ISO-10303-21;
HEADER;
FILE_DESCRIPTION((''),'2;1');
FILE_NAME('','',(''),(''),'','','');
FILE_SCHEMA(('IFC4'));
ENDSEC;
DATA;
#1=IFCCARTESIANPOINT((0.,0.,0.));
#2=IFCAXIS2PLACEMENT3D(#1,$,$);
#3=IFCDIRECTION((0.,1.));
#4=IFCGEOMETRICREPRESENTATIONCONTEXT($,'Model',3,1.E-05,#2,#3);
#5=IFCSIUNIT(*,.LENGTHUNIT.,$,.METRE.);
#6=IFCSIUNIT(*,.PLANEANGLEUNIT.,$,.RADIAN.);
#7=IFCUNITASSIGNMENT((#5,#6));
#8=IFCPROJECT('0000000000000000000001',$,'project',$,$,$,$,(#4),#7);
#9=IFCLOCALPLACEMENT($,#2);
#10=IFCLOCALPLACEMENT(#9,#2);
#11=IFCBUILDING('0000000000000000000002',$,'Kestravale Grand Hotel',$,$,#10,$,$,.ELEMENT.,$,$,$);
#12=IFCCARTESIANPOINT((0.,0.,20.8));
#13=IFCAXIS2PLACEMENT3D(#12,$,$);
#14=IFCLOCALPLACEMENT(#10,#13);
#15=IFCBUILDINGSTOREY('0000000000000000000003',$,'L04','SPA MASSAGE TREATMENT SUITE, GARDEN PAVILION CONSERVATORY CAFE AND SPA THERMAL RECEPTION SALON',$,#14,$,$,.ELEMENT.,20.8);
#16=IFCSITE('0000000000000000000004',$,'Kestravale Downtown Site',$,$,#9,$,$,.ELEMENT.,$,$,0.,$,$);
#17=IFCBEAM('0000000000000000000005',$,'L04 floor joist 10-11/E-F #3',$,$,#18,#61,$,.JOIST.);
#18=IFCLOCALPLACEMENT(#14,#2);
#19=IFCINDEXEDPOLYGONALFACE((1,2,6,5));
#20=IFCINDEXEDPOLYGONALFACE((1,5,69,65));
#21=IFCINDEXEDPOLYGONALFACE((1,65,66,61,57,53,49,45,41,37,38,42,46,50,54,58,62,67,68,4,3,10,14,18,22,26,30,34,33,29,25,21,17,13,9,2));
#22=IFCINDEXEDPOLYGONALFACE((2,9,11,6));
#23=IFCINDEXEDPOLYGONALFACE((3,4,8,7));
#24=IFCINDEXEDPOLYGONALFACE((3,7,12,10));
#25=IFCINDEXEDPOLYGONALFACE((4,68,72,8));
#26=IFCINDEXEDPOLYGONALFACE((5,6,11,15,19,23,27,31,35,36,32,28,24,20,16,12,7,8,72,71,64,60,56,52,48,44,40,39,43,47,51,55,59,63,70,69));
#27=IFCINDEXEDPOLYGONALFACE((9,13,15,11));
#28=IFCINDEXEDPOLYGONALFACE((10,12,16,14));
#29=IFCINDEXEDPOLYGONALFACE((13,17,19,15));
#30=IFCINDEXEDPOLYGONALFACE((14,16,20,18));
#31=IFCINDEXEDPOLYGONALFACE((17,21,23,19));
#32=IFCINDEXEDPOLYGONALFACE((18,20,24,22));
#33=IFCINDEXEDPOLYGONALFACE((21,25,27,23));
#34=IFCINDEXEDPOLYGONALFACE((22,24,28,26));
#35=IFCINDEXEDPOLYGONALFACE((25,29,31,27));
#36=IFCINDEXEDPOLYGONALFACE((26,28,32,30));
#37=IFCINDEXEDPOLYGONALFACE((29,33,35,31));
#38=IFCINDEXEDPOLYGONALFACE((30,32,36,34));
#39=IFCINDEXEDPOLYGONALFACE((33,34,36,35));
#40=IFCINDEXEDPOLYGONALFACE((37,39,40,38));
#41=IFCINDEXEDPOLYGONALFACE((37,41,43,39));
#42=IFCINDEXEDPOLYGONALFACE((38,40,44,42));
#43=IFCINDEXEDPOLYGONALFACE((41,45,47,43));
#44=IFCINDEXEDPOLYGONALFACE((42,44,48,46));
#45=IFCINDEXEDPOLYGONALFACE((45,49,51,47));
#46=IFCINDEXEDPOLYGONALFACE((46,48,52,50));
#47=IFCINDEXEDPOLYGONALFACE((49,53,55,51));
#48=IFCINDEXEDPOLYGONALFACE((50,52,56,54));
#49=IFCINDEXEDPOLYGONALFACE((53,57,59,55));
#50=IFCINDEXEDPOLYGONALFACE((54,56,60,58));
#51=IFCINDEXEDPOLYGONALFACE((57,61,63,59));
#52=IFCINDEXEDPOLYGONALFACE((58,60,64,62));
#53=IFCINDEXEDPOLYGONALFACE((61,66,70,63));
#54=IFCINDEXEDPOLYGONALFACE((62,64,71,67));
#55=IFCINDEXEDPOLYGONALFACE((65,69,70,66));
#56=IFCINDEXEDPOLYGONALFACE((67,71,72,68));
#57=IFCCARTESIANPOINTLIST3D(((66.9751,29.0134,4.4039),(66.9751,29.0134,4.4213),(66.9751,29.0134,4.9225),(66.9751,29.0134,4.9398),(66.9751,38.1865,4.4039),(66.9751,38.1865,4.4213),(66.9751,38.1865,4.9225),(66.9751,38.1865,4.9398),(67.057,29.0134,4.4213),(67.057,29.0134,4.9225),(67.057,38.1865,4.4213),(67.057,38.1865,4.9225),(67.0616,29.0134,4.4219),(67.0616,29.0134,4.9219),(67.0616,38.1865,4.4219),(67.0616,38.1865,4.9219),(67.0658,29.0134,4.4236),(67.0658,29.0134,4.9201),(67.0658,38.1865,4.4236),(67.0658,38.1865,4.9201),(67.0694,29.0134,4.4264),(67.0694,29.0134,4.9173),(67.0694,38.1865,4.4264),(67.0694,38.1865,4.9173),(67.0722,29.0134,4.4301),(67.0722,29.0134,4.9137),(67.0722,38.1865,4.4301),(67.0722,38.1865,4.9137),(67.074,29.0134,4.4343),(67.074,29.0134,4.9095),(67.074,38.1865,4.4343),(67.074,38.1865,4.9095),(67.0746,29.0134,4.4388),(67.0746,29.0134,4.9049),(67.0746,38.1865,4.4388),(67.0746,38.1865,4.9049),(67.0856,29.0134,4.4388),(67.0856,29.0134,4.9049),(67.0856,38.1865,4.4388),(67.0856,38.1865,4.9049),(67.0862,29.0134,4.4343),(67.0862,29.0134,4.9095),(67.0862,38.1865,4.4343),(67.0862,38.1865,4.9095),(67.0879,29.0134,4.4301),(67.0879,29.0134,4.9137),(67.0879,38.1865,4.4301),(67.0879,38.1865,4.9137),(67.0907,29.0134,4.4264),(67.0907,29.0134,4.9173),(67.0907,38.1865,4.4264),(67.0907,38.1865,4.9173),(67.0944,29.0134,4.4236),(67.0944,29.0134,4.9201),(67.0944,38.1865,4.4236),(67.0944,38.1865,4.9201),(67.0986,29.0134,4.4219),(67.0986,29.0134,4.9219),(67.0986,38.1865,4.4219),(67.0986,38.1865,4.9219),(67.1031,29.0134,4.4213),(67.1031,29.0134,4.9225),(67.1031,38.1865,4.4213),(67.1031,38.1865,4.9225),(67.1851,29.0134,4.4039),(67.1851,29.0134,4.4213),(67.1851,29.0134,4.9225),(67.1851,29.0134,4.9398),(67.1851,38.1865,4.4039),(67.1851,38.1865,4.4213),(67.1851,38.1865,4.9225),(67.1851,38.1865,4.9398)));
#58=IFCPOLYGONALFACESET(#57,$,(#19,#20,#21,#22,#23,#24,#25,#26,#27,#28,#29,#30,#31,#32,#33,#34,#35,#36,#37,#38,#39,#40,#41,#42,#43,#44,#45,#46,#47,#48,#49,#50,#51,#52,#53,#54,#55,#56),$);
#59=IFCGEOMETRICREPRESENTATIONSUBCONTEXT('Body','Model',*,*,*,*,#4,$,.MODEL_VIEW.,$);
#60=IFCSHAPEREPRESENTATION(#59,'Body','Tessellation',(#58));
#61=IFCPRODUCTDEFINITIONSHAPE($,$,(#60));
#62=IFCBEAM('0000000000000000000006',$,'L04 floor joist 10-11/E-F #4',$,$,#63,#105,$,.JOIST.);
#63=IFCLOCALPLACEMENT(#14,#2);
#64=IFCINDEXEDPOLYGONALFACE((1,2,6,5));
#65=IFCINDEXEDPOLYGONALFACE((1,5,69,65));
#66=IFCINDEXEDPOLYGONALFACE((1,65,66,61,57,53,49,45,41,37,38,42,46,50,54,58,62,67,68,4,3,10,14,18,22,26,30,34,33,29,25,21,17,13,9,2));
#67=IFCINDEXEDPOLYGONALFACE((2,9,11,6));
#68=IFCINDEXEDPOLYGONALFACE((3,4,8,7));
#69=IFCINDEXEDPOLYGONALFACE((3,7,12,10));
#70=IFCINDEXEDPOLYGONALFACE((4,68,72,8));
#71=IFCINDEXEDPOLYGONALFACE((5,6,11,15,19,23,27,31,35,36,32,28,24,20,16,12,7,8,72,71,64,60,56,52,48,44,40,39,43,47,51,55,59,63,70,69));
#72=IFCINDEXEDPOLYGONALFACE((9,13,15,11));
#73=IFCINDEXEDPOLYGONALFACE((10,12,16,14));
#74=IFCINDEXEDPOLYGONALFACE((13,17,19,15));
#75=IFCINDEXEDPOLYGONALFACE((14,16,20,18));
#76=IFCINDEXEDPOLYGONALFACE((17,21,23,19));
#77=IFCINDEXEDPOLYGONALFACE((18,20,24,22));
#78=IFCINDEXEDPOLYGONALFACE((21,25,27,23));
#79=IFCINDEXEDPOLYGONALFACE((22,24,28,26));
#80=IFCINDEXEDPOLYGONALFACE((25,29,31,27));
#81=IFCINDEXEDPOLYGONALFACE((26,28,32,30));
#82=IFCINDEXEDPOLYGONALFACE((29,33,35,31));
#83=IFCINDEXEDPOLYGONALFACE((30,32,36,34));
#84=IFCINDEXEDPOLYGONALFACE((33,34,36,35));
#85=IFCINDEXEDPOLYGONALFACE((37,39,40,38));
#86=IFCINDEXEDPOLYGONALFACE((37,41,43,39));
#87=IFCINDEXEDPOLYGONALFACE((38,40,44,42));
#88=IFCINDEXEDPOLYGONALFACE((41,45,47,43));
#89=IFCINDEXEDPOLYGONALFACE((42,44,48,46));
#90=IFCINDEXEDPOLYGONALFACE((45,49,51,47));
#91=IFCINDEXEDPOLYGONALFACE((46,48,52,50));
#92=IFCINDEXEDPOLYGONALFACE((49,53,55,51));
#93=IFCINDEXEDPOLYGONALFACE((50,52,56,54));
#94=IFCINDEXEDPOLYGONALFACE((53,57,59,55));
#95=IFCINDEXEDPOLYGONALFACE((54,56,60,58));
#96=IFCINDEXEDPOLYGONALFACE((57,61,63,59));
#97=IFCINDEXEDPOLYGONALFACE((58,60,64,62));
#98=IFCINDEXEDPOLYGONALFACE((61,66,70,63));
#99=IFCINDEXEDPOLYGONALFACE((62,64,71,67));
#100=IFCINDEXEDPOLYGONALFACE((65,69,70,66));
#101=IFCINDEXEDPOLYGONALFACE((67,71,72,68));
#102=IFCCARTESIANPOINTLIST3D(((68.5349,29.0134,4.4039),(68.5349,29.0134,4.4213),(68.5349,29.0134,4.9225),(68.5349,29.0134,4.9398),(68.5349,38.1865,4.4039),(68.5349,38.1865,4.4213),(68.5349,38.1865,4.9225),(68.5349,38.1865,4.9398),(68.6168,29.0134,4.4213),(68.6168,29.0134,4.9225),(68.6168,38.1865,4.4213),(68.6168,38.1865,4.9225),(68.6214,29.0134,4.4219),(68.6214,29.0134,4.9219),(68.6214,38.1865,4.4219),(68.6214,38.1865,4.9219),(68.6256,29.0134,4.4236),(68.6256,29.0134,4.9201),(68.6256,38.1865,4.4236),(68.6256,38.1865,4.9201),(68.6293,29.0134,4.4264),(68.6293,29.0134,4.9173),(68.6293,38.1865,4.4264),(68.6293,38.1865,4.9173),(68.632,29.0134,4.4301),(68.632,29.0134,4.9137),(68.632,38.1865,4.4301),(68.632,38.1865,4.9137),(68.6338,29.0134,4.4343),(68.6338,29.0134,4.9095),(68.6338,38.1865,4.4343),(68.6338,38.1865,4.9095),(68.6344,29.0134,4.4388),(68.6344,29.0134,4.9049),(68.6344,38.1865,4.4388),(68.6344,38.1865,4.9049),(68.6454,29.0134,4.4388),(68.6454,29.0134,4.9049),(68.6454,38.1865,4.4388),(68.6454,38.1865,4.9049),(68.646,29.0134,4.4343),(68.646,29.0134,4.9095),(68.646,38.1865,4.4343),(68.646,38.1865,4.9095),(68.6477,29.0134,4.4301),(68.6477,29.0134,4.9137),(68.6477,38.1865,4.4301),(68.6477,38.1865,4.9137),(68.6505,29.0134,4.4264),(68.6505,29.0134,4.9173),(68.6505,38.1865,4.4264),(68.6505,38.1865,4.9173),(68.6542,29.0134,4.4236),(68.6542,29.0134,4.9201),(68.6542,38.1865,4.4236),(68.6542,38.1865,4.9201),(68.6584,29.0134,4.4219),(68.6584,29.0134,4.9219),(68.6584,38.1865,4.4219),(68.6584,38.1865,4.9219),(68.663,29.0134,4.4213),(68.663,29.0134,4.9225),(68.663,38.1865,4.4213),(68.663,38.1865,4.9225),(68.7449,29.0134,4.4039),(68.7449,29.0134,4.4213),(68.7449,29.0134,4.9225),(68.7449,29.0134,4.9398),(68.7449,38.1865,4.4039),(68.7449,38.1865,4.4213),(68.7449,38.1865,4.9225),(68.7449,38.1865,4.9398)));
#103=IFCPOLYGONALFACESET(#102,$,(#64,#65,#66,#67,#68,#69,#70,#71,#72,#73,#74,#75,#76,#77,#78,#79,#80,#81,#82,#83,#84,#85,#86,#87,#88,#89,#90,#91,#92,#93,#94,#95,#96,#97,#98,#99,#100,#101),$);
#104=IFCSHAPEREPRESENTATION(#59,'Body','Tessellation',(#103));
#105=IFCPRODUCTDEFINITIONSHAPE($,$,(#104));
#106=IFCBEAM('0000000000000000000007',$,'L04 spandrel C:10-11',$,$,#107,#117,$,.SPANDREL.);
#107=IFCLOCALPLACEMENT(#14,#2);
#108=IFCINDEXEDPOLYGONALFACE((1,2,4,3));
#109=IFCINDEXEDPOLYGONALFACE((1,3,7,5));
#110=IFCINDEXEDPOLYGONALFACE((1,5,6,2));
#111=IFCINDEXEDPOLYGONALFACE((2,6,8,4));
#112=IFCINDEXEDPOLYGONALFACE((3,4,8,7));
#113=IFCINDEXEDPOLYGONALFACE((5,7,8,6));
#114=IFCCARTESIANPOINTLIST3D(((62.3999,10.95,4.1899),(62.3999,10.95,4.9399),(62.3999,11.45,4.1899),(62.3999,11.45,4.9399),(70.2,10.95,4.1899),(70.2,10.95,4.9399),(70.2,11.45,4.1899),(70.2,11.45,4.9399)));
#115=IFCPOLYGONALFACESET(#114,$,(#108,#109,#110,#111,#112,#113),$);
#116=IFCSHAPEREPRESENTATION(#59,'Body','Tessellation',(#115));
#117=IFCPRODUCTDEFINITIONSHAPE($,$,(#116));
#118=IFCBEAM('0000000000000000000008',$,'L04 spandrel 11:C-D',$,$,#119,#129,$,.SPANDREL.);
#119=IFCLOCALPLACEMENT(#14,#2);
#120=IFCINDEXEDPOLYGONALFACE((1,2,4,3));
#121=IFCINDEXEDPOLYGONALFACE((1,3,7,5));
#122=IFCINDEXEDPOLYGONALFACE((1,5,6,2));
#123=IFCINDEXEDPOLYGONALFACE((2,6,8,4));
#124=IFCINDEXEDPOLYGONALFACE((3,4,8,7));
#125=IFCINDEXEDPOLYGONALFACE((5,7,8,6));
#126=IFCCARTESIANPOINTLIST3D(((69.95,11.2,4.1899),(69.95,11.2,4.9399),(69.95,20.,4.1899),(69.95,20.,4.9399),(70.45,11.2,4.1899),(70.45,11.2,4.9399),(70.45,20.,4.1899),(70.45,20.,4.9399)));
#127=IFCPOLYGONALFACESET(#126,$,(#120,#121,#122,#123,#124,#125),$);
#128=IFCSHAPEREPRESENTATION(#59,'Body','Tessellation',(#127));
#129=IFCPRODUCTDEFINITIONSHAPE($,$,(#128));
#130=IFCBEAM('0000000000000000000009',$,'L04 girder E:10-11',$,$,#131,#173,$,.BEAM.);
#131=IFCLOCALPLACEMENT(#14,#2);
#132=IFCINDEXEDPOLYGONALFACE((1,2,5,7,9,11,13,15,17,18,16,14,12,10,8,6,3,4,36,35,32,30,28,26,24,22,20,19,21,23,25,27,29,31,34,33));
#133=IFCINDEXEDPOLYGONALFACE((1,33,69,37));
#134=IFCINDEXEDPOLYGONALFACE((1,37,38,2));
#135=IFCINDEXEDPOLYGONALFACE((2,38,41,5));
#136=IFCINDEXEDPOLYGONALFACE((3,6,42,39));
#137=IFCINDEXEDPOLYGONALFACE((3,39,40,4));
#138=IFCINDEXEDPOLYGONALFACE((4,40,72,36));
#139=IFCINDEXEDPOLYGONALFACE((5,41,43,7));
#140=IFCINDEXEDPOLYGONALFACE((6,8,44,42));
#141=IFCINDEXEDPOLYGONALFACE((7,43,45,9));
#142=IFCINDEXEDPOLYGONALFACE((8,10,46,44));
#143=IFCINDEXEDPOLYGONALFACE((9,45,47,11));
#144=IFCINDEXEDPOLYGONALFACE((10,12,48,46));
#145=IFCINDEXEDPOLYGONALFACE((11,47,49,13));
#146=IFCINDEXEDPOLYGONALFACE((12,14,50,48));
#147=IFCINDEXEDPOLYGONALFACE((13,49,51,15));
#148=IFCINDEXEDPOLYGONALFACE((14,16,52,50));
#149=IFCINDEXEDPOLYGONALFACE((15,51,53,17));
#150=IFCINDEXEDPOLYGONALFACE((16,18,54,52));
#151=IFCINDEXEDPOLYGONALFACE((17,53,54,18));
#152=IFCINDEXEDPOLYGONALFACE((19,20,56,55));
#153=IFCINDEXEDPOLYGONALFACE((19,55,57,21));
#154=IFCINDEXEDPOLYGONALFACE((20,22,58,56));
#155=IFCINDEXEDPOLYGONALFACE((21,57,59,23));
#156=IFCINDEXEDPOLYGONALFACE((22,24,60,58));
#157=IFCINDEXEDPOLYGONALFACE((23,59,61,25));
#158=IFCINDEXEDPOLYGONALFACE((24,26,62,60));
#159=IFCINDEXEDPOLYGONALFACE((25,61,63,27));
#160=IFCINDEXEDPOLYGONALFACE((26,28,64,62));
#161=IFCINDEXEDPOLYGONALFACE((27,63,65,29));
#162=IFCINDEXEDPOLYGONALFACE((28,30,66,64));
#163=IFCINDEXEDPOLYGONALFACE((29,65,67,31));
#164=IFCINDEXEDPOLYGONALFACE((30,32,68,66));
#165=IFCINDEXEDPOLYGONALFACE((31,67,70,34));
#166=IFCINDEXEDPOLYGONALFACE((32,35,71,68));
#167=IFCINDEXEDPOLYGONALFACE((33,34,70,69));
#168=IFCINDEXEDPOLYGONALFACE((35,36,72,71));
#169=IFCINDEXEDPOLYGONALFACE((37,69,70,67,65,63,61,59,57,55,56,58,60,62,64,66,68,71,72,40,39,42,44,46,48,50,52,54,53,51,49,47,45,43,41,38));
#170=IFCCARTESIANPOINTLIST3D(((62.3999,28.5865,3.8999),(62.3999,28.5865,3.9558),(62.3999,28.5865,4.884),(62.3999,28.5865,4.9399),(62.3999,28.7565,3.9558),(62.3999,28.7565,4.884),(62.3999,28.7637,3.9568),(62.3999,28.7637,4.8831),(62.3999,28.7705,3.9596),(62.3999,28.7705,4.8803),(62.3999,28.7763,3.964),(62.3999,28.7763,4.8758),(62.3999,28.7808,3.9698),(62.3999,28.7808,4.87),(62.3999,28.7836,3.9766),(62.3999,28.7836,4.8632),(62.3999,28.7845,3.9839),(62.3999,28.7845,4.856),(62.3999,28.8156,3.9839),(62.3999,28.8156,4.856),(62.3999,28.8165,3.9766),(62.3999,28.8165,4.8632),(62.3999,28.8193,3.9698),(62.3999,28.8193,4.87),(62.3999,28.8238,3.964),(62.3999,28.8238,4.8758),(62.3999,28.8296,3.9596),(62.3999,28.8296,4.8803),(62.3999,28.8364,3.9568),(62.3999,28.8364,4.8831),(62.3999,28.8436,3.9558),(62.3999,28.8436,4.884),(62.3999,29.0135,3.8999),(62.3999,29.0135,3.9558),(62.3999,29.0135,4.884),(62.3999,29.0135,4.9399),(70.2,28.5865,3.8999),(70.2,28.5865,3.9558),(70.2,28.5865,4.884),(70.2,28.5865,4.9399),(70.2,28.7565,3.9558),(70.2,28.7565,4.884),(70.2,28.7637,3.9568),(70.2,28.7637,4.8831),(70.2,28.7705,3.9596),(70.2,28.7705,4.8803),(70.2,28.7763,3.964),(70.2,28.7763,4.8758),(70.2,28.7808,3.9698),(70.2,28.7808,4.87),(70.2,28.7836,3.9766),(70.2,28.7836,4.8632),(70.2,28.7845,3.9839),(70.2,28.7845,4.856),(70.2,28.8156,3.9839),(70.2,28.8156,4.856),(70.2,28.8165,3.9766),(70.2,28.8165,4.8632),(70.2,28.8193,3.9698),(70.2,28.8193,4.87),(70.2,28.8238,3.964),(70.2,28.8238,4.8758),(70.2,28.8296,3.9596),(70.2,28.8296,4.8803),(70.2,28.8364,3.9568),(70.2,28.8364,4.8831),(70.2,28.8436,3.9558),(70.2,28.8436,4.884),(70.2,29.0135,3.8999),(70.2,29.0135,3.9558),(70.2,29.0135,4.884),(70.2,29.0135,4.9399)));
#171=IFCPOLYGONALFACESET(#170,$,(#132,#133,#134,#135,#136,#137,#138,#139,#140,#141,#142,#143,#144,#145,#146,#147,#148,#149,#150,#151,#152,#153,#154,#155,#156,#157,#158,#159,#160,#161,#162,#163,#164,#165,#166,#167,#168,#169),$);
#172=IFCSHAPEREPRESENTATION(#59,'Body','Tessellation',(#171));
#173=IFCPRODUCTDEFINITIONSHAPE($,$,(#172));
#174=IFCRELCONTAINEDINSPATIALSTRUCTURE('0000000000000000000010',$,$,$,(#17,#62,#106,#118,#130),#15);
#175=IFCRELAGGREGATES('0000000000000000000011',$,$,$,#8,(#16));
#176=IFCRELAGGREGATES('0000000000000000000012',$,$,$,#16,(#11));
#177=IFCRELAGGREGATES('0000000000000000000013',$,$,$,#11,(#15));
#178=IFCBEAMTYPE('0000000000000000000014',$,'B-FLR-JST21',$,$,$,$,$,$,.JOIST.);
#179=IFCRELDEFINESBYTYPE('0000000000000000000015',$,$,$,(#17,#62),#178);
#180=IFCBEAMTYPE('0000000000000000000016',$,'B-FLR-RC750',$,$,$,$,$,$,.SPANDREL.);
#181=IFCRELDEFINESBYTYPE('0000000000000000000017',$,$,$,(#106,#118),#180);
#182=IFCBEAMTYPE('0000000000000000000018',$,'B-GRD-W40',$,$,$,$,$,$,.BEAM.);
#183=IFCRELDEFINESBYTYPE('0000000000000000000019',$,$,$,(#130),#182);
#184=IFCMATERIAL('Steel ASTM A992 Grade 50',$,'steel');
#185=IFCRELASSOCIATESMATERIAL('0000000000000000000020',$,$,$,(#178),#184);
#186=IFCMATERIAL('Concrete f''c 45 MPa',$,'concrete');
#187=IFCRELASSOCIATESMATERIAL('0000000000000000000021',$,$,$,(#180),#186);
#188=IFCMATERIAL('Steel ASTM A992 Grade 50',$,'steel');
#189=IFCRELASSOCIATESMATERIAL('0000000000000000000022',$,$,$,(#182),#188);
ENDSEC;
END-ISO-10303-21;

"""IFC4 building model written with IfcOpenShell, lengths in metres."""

from ifc_helpers import new_model, si_unit, direction, frame, origin, origin_2d, place, context, subcontext, project, spatial, rectangle, i_section, extrude, material, material_profile, profile_set, type_object, element, save


model = new_model("IFC4")

# Units and contexts
model_context = context("Model", 3, precision=1e-05, world=origin(), true_north=direction((0.0, 1.0)))
body_context = subcontext(model_context, "Body", "Model", "MODEL_VIEW")
ifc_project = project(units=[si_unit("LENGTHUNIT", "METRE"), si_unit("PLANEANGLEUNIT", "RADIAN")], contexts=[model_context])

# Site, building, storey
site_placement = place(None, origin())
site = spatial("IfcSite", under=ifc_project, at=site_placement, Name="Kestravale Downtown Site", CompositionType="ELEMENT", RefElevation=0.0)
building_placement = place(site_placement, origin())
building = spatial("IfcBuilding", under=site, at=building_placement, Name="Kestravale Grand Hotel", CompositionType="ELEMENT")
storey_placement = place(building_placement, frame((0.0, 0.0, 20.8)))
storey = spatial("IfcBuildingStorey", under=building, at=storey_placement, Name="L04", Description="SPA MASSAGE TREATMENT SUITE, GARDEN PAVILION CONSERVATORY CAFE AND SPA THERMAL RECEPTION SALON", CompositionType="ELEMENT", Elevation=20.8)

# Beams
ifc_material_1 = material(Name="Steel ASTM A992 Grade 50", Category="steel")
ifc_material_profile_1 = material_profile(ifc_material_1, i_section(OverallWidth=0.21, OverallDepth=0.5359, WebThickness=0.011, FlangeThickness=0.0173, FilletRadius=0.0176, at=origin_2d()))
ifc_profile_set_1 = profile_set([ifc_material_profile_1], Name="Steel ASTM A992 Grade 50")
beam_type_1 = type_object("IfcBeamType", Name="B-FLR-JST21", PredefinedType="JOIST", material=ifc_profile_set_1)
for number, where, z_axis, x_axis, name in (
    (1, (67.0801, 29.0134, 4.6719), (0.0, 1.0, 0.0), (-1.0, 0.0, 0.0), "L04 floor joist 10-11/E-F #3"),
    (2, (68.6399, 29.0134, 4.6719), (0.0, 1.0, 0.0), (-1.0, 0.0, 0.0), "L04 floor joist 10-11/E-F #4"),
):
    element("IfcBeam", number, at=place(storey_placement, frame(where, z_axis=z_axis, x_axis=x_axis)), inside=storey, type_object=beam_type_1, Name=name, PredefinedType="JOIST", context=body_context, shape_type="SweptSolid", body=[
        extrude(i_section(OverallWidth=0.21, OverallDepth=0.5359, WebThickness=0.011, FlangeThickness=0.0173, FilletRadius=0.0176, at=origin_2d()), origin(), (0.0, 0.0, 1.0), 9.1731),
    ])
ifc_material_2 = material(Name="Concrete f'c 45 MPa", Category="concrete")
ifc_material_profile_2 = material_profile(ifc_material_2, rectangle(XDim=0.5, YDim=0.75, at=origin_2d()))
ifc_profile_set_2 = profile_set([ifc_material_profile_2], Name="Concrete f'c 45 MPa")
beam_type_2 = type_object("IfcBeamType", Name="B-FLR-RC750", PredefinedType="SPANDREL", material=ifc_profile_set_2)
beam_1_placement = place(storey_placement, frame((62.3999, 11.2, 4.5649), z_axis=(1.0, 0.0, 0.0), x_axis=(0.0, 1.0, 0.0)))
element("IfcBeam", 3, at=beam_1_placement, inside=storey, type_object=beam_type_2, Name="L04 spandrel C:10-11", PredefinedType="SPANDREL", context=body_context, shape_type="SweptSolid", body=[
    extrude(rectangle(XDim=0.5, YDim=0.75, at=origin_2d()), origin(), (0.0, 0.0, 1.0), 7.8),
])
beam_2_placement = place(storey_placement, frame((70.2, 11.2, 4.5649), z_axis=(0.0, 1.0, 0.0), x_axis=(-1.0, 0.0, 0.0)))
element("IfcBeam", 4, at=beam_2_placement, inside=storey, type_object=beam_type_2, Name="L04 spandrel 11:C-D", PredefinedType="SPANDREL", context=body_context, shape_type="SweptSolid", body=[
    extrude(rectangle(XDim=0.5, YDim=0.75, at=origin_2d()), origin(), (0.0, 0.0, 1.0), 8.8),
])
ifc_material_3 = material(Name="Steel ASTM A992 Grade 50", Category="steel")
ifc_material_profile_3 = material_profile(ifc_material_3, i_section(OverallWidth=0.427, OverallDepth=1.04, WebThickness=0.031, FlangeThickness=0.0559, FilletRadius=0.0281, at=origin_2d()))
ifc_profile_set_3 = profile_set([ifc_material_profile_3], Name="Steel ASTM A992 Grade 50")
beam_type_3 = type_object("IfcBeamType", Name="B-GRD-W40", PredefinedType="BEAM", material=ifc_profile_set_3)
beam_3_placement = place(storey_placement, frame((62.3999, 28.8, 4.4199), z_axis=(1.0, 0.0, 0.0), x_axis=(0.0, 1.0, 0.0)))
element("IfcBeam", 5, at=beam_3_placement, inside=storey, type_object=beam_type_3, Name="L04 girder E:10-11", PredefinedType="BEAM", context=body_context, shape_type="SweptSolid", body=[
    extrude(i_section(OverallWidth=0.427, OverallDepth=1.04, WebThickness=0.031, FlangeThickness=0.0559, FilletRadius=0.0281, at=origin_2d()), origin(), (0.0, 0.0, 1.0), 7.8),
])

save(model, "model.ifc")
